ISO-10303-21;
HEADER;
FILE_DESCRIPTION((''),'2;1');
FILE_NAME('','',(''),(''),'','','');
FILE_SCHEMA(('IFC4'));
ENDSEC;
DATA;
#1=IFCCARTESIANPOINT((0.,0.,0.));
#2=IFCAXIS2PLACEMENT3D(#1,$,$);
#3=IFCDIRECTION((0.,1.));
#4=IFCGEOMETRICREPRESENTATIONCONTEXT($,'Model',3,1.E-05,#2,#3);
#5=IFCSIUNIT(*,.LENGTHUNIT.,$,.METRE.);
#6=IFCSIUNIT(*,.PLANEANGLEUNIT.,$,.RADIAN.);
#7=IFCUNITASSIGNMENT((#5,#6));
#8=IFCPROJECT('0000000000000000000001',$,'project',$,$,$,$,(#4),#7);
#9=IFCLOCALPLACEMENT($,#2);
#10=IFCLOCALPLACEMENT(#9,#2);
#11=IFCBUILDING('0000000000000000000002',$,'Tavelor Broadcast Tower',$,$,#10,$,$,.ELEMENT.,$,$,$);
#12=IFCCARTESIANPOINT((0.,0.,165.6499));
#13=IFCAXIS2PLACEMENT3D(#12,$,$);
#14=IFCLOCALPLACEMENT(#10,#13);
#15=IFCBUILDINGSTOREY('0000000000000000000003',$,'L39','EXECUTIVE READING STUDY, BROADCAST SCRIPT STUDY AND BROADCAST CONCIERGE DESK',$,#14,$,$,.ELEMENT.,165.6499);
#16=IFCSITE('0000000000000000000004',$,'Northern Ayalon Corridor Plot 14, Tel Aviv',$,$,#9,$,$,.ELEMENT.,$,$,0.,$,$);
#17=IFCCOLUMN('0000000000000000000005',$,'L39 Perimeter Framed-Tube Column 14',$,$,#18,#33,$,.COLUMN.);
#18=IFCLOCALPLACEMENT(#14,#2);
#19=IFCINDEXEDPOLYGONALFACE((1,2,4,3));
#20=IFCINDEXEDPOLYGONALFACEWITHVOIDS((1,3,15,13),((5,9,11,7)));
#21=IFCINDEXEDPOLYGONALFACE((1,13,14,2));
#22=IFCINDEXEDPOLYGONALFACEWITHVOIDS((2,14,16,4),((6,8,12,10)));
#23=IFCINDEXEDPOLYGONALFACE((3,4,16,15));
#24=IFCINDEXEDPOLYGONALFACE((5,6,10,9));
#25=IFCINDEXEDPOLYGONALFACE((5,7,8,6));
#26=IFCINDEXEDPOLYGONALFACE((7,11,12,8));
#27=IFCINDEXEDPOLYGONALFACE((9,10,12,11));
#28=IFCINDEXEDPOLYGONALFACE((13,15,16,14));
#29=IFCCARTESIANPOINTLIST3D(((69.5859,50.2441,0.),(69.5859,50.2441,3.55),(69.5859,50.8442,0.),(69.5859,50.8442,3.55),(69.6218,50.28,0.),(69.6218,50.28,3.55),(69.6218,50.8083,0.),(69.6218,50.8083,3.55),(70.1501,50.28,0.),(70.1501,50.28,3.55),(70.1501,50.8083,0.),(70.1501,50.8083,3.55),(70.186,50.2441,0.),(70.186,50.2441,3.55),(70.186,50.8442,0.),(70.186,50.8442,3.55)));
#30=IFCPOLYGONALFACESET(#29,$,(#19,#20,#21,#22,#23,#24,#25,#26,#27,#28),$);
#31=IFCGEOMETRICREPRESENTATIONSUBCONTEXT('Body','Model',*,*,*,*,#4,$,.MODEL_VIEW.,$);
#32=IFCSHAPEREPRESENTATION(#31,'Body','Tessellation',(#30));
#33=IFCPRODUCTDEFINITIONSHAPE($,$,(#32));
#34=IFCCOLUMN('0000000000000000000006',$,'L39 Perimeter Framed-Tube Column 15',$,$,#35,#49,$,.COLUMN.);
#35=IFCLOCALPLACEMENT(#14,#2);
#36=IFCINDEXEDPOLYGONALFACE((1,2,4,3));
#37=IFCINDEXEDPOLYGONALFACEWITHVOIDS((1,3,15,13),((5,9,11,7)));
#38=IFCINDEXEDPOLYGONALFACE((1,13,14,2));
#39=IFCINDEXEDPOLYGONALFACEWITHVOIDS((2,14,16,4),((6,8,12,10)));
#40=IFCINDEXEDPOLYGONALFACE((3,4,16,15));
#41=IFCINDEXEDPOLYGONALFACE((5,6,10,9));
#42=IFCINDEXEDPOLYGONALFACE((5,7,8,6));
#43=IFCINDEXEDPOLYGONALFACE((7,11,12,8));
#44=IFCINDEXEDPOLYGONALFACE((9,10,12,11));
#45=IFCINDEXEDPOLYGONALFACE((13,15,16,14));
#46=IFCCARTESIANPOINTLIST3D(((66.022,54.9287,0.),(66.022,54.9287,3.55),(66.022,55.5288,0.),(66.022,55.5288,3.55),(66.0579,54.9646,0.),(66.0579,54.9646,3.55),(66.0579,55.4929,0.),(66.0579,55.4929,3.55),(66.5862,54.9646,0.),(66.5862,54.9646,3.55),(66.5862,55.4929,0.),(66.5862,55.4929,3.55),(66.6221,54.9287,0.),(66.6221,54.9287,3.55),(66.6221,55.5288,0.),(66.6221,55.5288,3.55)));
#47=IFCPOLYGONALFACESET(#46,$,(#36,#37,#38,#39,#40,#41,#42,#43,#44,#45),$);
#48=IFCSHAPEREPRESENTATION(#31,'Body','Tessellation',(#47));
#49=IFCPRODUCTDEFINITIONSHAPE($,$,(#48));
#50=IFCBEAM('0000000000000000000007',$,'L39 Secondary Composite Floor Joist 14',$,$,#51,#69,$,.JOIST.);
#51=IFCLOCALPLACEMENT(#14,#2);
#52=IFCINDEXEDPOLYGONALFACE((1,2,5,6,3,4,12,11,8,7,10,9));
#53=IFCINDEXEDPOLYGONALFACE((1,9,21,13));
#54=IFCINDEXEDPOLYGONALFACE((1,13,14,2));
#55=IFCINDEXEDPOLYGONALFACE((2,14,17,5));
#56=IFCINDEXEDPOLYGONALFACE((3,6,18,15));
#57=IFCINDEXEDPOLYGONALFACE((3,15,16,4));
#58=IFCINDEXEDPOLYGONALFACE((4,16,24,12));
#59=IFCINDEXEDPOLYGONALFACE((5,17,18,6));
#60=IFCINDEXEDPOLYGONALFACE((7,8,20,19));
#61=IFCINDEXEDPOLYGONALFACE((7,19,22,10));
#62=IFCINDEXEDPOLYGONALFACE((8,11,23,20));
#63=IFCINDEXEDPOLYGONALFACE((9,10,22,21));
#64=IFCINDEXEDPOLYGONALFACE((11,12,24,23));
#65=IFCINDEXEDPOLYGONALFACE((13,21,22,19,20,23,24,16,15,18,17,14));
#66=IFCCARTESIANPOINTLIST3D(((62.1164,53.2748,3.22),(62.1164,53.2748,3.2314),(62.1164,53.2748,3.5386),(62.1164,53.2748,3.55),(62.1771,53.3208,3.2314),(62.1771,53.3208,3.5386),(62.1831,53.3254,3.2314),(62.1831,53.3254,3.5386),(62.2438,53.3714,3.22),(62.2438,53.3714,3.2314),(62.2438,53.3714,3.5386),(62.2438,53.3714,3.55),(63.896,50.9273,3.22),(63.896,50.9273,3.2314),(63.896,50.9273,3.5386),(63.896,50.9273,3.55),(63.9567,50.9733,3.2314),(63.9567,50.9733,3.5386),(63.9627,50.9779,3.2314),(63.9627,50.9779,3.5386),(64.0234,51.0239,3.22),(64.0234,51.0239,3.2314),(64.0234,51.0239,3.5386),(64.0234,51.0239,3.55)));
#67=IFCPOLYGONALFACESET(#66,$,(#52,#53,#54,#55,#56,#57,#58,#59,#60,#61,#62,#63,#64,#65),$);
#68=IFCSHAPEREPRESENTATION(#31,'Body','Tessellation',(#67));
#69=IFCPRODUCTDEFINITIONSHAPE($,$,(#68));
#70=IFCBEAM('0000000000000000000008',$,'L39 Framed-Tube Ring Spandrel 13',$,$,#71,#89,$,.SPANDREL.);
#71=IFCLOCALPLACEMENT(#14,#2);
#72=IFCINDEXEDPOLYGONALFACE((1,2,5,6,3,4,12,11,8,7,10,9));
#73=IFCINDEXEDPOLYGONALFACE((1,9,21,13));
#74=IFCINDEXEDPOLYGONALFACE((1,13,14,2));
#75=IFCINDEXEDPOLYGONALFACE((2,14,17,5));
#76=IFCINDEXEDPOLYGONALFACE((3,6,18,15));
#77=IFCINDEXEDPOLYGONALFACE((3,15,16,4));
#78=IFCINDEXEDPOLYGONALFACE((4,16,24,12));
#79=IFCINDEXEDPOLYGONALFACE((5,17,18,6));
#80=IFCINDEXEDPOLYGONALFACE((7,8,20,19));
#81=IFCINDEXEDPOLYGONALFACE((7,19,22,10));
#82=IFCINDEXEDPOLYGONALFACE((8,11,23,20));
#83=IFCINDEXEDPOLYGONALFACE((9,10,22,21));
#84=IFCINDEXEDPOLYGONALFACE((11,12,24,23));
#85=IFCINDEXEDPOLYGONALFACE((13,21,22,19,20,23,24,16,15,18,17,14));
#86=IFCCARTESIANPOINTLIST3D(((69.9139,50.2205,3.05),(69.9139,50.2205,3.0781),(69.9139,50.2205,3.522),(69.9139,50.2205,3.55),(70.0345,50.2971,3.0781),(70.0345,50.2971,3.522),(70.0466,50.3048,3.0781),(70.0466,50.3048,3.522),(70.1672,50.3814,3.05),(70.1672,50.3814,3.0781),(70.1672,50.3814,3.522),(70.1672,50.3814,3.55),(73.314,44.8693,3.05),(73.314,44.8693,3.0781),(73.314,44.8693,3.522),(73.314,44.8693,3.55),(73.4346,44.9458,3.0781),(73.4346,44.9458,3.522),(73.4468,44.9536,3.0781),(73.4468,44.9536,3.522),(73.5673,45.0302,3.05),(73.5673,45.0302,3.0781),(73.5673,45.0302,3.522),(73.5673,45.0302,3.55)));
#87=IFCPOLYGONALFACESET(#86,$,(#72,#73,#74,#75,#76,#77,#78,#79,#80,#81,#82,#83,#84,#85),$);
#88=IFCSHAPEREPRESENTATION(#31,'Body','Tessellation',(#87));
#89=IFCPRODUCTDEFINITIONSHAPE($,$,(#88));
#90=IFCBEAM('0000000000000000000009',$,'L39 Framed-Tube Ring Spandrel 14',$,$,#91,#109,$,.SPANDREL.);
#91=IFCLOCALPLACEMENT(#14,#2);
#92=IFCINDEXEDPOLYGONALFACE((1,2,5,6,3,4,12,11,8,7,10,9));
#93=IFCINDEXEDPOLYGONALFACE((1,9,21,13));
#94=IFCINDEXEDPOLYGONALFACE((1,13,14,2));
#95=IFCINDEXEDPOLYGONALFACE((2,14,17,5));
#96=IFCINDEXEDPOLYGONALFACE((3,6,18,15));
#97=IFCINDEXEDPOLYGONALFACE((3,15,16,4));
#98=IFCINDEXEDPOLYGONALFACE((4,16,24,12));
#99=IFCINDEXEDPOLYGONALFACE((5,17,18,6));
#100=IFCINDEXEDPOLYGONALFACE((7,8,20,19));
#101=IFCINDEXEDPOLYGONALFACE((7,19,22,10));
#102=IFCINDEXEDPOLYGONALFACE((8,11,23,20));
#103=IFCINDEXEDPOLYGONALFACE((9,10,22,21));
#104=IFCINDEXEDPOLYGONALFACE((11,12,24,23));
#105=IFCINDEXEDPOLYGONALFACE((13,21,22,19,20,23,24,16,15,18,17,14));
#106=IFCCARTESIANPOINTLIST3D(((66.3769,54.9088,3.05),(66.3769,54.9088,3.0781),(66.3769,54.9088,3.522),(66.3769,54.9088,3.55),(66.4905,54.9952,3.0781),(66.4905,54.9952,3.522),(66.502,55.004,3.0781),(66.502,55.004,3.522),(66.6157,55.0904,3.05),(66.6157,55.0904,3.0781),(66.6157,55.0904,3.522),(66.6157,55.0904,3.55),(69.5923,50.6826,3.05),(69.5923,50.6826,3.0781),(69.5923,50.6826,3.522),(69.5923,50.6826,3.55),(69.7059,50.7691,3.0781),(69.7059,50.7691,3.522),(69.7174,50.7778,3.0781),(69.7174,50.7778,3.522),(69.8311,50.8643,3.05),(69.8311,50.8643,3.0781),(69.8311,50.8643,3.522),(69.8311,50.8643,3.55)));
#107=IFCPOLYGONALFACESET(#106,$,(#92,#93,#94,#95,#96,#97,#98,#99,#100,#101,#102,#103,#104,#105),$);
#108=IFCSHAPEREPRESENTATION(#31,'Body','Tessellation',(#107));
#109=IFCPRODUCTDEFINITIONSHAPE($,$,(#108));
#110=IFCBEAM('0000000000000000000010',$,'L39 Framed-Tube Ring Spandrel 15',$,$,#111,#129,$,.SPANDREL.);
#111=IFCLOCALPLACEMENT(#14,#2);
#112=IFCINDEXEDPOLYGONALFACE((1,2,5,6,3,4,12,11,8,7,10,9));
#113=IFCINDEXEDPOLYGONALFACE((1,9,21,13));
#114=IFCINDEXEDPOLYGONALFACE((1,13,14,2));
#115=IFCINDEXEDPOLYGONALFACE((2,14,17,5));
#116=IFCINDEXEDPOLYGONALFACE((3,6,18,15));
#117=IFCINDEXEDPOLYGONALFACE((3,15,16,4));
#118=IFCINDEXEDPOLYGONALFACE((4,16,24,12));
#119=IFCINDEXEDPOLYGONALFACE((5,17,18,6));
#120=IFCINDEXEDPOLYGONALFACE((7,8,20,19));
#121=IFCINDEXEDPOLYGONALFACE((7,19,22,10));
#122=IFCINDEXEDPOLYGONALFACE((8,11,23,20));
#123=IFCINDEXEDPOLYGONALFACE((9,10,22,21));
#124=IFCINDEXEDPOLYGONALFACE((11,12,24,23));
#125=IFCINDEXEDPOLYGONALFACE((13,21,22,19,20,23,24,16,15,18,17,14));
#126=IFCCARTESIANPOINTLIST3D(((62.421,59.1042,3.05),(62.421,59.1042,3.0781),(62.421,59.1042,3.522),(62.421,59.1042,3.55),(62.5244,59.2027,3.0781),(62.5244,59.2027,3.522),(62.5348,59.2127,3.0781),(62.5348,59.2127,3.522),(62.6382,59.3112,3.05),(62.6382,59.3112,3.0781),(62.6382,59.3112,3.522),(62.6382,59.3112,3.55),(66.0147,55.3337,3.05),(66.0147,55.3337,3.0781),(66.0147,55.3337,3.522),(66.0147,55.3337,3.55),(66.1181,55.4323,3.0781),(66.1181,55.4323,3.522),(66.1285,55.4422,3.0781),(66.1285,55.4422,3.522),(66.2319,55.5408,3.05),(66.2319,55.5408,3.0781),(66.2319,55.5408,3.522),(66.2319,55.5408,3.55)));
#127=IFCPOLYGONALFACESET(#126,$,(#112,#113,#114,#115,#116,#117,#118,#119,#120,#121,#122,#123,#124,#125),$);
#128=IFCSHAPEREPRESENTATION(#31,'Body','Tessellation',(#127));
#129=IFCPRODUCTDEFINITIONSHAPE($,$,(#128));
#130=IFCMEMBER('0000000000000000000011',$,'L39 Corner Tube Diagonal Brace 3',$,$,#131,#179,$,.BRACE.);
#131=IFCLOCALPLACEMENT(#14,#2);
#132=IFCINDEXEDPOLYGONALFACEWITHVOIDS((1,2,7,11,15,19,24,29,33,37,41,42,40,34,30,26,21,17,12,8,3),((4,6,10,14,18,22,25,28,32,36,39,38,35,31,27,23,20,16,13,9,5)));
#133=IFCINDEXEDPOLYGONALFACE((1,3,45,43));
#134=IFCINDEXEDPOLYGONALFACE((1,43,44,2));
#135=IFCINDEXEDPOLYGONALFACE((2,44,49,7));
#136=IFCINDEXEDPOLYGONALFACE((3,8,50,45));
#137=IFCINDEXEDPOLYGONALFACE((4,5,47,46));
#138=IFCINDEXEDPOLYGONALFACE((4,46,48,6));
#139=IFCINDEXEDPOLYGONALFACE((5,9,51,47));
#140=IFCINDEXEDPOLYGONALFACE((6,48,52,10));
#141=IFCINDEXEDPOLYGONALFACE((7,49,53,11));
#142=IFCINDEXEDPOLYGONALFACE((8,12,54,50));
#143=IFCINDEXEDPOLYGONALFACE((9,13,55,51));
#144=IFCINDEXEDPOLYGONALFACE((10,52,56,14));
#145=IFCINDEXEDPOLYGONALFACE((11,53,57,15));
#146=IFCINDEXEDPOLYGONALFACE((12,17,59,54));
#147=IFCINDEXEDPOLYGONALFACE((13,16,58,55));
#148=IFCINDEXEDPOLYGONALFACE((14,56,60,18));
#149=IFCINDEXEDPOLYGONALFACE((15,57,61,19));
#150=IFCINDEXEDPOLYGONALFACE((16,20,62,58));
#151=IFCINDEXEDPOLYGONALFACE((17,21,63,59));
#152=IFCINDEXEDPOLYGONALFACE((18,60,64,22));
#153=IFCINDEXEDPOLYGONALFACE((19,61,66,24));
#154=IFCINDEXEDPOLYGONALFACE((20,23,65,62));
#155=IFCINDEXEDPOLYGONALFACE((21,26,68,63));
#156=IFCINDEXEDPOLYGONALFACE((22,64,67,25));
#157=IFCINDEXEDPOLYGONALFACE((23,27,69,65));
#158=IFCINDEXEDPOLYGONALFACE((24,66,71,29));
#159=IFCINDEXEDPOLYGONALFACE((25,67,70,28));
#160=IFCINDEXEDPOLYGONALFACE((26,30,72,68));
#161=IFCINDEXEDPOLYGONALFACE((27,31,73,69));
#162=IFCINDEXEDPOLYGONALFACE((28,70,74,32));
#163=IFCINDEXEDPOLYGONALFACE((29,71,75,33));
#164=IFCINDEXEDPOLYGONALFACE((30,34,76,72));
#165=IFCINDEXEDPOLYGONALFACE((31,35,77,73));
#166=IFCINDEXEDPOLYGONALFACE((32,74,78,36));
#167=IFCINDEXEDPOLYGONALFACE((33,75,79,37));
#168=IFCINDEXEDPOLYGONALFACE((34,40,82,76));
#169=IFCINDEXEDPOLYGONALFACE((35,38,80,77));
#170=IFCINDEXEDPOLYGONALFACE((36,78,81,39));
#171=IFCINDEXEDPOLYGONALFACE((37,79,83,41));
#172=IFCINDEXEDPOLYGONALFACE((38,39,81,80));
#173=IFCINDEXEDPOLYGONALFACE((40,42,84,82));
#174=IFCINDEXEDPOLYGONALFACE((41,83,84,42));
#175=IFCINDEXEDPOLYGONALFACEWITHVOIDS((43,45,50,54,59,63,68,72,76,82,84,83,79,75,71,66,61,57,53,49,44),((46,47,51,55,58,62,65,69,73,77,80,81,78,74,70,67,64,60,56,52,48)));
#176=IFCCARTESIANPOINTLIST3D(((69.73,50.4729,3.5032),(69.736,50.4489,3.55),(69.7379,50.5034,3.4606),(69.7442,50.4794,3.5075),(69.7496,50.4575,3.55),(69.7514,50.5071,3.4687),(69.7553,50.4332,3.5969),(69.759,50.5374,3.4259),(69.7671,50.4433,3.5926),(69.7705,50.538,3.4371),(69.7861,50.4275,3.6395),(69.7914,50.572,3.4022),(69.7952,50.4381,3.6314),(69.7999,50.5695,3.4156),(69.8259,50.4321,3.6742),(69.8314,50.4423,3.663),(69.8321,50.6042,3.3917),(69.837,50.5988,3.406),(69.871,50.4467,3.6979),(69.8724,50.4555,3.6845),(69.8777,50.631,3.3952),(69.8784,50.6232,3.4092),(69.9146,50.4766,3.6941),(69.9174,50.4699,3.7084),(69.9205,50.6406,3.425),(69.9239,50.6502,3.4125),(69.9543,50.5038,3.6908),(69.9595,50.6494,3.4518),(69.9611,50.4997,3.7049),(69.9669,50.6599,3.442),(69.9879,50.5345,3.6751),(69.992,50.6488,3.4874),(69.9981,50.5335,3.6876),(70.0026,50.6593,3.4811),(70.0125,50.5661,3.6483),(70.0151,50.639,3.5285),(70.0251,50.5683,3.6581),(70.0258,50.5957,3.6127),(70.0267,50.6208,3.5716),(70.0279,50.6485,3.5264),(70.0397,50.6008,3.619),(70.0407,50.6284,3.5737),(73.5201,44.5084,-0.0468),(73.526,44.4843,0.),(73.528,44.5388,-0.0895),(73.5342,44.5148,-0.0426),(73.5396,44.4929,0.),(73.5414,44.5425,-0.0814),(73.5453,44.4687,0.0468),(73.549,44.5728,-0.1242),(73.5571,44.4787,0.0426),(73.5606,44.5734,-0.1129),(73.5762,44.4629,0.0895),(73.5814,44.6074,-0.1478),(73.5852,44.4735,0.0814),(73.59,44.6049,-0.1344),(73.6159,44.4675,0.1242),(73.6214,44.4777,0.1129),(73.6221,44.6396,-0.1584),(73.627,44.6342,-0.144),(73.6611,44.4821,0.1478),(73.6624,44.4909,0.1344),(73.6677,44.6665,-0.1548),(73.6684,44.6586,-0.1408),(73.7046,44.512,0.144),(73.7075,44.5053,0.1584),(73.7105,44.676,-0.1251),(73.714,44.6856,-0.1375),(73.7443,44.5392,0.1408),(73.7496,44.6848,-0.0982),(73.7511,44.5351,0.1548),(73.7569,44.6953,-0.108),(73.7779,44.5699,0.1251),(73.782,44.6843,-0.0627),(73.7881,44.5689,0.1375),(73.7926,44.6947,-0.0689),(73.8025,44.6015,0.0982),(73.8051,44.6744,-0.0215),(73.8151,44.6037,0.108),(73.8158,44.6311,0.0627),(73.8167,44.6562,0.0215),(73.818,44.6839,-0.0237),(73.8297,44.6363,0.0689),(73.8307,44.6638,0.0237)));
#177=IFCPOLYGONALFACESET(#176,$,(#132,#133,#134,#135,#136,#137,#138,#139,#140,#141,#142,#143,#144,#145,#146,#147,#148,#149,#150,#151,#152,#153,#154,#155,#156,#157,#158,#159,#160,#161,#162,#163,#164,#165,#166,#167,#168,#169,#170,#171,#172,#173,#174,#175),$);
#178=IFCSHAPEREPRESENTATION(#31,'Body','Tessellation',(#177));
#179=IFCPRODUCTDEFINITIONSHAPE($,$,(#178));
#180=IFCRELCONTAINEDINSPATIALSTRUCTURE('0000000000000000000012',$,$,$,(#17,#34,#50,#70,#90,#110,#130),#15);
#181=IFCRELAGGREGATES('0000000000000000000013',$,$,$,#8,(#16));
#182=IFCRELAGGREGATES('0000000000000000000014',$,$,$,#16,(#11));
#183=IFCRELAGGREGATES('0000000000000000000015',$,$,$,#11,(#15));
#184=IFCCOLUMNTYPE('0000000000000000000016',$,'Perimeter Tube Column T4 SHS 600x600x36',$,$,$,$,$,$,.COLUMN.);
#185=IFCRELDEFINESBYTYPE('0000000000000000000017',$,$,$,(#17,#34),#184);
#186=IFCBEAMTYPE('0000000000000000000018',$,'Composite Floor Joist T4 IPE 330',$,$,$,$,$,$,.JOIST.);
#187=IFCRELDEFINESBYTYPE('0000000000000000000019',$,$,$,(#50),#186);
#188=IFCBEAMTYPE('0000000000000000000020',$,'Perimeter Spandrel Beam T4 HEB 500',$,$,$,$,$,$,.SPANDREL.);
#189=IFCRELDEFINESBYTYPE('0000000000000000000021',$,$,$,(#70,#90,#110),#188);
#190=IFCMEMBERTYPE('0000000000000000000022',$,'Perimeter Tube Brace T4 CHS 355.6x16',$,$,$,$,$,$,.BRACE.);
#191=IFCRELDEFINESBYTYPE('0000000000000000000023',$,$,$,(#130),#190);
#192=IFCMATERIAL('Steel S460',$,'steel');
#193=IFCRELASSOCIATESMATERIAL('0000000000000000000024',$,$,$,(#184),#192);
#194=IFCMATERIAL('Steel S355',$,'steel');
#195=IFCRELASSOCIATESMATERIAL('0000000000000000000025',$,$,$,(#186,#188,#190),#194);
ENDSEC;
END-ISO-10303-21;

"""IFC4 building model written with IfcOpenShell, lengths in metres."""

from ifc_helpers import new_model, si_unit, direction, frame, origin, origin_2d, place, context, subcontext, project, spatial, hollow_rectangle, hollow_circle, i_section, extrude, material, material_profile, profile_set, type_object, element, save


model = new_model("IFC4")

# Units and contexts
model_context = context("Model", 3, precision=1e-05, world=origin(), true_north=direction((0.0, 1.0)))
body_context = subcontext(model_context, "Body", "Model", "MODEL_VIEW")
ifc_project = project(units=[si_unit("LENGTHUNIT", "METRE"), si_unit("PLANEANGLEUNIT", "RADIAN")], contexts=[model_context])

# Site, building, storey
site_placement = place(None, origin())
site = spatial("IfcSite", under=ifc_project, at=site_placement, Name="Northern Ayalon Corridor Plot 14, Tel Aviv", CompositionType="ELEMENT", RefElevation=0.0)
building_placement = place(site_placement, origin())
building = spatial("IfcBuilding", under=site, at=building_placement, Name="Tavelor Broadcast Tower", CompositionType="ELEMENT")
storey_placement = place(building_placement, frame((0.0, 0.0, 165.6499)))
storey = spatial("IfcBuildingStorey", under=building, at=storey_placement, Name="L39", Description="EXECUTIVE READING STUDY, BROADCAST SCRIPT STUDY AND BROADCAST CONCIERGE DESK", CompositionType="ELEMENT", Elevation=165.6499)

# Columns
ifc_material_1 = material(Name="Steel S460", Category="steel")
ifc_material_profile_1 = material_profile(ifc_material_1, hollow_rectangle(XDim=0.6001, YDim=0.6001, WallThickness=0.0359, at=origin_2d()), Name="SHS 600x600x36")
ifc_profile_set_1 = profile_set([ifc_material_profile_1], Name="Steel S460")
column_type = type_object("IfcColumnType", Name="Perimeter Tube Column T4 SHS 600x600x36", PredefinedType="COLUMN", material=ifc_profile_set_1)
for number, where, z_axis, x_axis, name in (
    (1, (69.886, 50.5442, 0.0), (0.0, 0.0, 1.0), (1.0, 0.0, 0.0), "L39 Perimeter Framed-Tube Column 14"),
    (2, (66.322, 55.2288, 0.0), (0.0, 0.0, 1.0), (1.0, 0.0, 0.0), "L39 Perimeter Framed-Tube Column 15"),
):
    element("IfcColumn", number, at=place(storey_placement, frame(where, z_axis=z_axis, x_axis=x_axis)), inside=storey, type_object=column_type, Name=name, PredefinedType="COLUMN", context=body_context, shape_type="SweptSolid", body=[
        extrude(hollow_rectangle(XDim=0.6001, YDim=0.6001, WallThickness=0.0359, at=origin_2d()), origin(), (0.0, 0.0, 1.0), 3.55),
    ])

# Beams
ifc_material_2 = material(Name="Steel S355", Category="steel")
ifc_material_profile_2 = material_profile(ifc_material_2, i_section(OverallWidth=0.1599, OverallDepth=0.3301, WebThickness=0.0076, FlangeThickness=0.0115, at=origin_2d()), Name="IPE 330")
ifc_profile_set_2 = profile_set([ifc_material_profile_2], Name="Steel S355")
beam_type_1 = type_object("IfcBeamType", Name="Composite Floor Joist T4 IPE 330", PredefinedType="JOIST", material=ifc_profile_set_2)
beam_1_placement = place(storey_placement, frame((63.9597, 50.9756, 3.385), z_axis=(-0.604116, 0.796896, 0.0), x_axis=(-0.796896, -0.604116, 0.0)))
element("IfcBeam", 3, at=beam_1_placement, inside=storey, type_object=beam_type_1, Name="L39 Secondary Composite Floor Joist 14", PredefinedType="JOIST", context=body_context, shape_type="SweptSolid", body=[
    extrude(i_section(OverallWidth=0.1599, OverallDepth=0.3301, WebThickness=0.0076, FlangeThickness=0.0115, at=origin_2d()), origin(), (0.0, 0.0, 1.0), 2.9458),
])
ifc_material_profile_3 = material_profile(ifc_material_2, i_section(OverallWidth=0.3, OverallDepth=0.5, WebThickness=0.0144, FlangeThickness=0.0281, at=origin_2d()), Name="HEB 500")
ifc_profile_set_3 = profile_set([ifc_material_profile_3], Name="Steel S355")
beam_type_2 = type_object("IfcBeamType", Name="Perimeter Spandrel Beam T4 HEB 500", PredefinedType="SPANDREL", material=ifc_profile_set_3)
beam_2_placement = place(storey_placement, frame((73.4407, 44.9497, 3.3), z_axis=(-0.536287, 0.844035, 0.0), x_axis=(-0.844035, -0.536287, 0.0)))
element("IfcBeam", 4, at=beam_2_placement, inside=storey, type_object=beam_type_2, Name="L39 Framed-Tube Ring Spandrel 13", PredefinedType="SPANDREL", context=body_context, shape_type="SweptSolid", body=[
    extrude(i_section(OverallWidth=0.3, OverallDepth=0.5, WebThickness=0.0144, FlangeThickness=0.0281, at=origin_2d()), origin(), (0.0, 0.0, 1.0), 6.3401),
])
beam_3_placement = place(storey_placement, frame((69.7117, 50.7734, 3.3), z_axis=(-0.605503, 0.795843, 0.0), x_axis=(-0.795843, -0.605503, 0.0)))
element("IfcBeam", 5, at=beam_3_placement, inside=storey, type_object=beam_type_2, Name="L39 Framed-Tube Ring Spandrel 14", PredefinedType="SPANDREL", context=body_context, shape_type="SweptSolid", body=[
    extrude(i_section(OverallWidth=0.3, OverallDepth=0.5, WebThickness=0.0144, FlangeThickness=0.0281, at=origin_2d()), origin(), (0.0, 0.0, 1.0), 5.3103),
])
beam_4_placement = place(storey_placement, frame((66.1233, 55.4373, 3.3), z_axis=(-0.689936, 0.72387, 0.0), x_axis=(-0.72387, -0.689936, 0.0)))
element("IfcBeam", 6, at=beam_4_placement, inside=storey, type_object=beam_type_2, Name="L39 Framed-Tube Ring Spandrel 15", PredefinedType="SPANDREL", context=body_context, shape_type="SweptSolid", body=[
    extrude(i_section(OverallWidth=0.3, OverallDepth=0.5, WebThickness=0.0144, FlangeThickness=0.0281, at=origin_2d()), origin(), (0.0, 0.0, 1.0), 5.2087),
])

# Member
ifc_material_profile_4 = material_profile(ifc_material_2, hollow_circle(Radius=0.1777, WallThickness=0.0161, at=origin_2d()), Name="CHS 355.6x16")
ifc_profile_set_4 = profile_set([ifc_material_profile_4], Name="Steel S355")
member_type_1 = type_object("IfcMemberType", Name="Perimeter Tube Brace T4 CHS 355.6x16", PredefinedType="BRACE", material=ifc_profile_set_4)
member_1_placement = place(storey_placement, frame((73.676, 44.5796, 0.0), z_axis=(-0.479239, 0.754205, 0.448893), x_axis=(-0.844021, -0.53631, 0.0)))
element("IfcMember", 7, at=member_1_placement, inside=storey, type_object=member_type_1, Name="L39 Corner Tube Diagonal Brace 3", PredefinedType="BRACE", context=body_context, shape_type="SweptSolid", body=[
    extrude(hollow_circle(Radius=0.1777, WallThickness=0.0161, at=origin_2d()), origin(), (0.0, 0.0, 1.0), 7.9084),
])

save(model, "model.ifc")
